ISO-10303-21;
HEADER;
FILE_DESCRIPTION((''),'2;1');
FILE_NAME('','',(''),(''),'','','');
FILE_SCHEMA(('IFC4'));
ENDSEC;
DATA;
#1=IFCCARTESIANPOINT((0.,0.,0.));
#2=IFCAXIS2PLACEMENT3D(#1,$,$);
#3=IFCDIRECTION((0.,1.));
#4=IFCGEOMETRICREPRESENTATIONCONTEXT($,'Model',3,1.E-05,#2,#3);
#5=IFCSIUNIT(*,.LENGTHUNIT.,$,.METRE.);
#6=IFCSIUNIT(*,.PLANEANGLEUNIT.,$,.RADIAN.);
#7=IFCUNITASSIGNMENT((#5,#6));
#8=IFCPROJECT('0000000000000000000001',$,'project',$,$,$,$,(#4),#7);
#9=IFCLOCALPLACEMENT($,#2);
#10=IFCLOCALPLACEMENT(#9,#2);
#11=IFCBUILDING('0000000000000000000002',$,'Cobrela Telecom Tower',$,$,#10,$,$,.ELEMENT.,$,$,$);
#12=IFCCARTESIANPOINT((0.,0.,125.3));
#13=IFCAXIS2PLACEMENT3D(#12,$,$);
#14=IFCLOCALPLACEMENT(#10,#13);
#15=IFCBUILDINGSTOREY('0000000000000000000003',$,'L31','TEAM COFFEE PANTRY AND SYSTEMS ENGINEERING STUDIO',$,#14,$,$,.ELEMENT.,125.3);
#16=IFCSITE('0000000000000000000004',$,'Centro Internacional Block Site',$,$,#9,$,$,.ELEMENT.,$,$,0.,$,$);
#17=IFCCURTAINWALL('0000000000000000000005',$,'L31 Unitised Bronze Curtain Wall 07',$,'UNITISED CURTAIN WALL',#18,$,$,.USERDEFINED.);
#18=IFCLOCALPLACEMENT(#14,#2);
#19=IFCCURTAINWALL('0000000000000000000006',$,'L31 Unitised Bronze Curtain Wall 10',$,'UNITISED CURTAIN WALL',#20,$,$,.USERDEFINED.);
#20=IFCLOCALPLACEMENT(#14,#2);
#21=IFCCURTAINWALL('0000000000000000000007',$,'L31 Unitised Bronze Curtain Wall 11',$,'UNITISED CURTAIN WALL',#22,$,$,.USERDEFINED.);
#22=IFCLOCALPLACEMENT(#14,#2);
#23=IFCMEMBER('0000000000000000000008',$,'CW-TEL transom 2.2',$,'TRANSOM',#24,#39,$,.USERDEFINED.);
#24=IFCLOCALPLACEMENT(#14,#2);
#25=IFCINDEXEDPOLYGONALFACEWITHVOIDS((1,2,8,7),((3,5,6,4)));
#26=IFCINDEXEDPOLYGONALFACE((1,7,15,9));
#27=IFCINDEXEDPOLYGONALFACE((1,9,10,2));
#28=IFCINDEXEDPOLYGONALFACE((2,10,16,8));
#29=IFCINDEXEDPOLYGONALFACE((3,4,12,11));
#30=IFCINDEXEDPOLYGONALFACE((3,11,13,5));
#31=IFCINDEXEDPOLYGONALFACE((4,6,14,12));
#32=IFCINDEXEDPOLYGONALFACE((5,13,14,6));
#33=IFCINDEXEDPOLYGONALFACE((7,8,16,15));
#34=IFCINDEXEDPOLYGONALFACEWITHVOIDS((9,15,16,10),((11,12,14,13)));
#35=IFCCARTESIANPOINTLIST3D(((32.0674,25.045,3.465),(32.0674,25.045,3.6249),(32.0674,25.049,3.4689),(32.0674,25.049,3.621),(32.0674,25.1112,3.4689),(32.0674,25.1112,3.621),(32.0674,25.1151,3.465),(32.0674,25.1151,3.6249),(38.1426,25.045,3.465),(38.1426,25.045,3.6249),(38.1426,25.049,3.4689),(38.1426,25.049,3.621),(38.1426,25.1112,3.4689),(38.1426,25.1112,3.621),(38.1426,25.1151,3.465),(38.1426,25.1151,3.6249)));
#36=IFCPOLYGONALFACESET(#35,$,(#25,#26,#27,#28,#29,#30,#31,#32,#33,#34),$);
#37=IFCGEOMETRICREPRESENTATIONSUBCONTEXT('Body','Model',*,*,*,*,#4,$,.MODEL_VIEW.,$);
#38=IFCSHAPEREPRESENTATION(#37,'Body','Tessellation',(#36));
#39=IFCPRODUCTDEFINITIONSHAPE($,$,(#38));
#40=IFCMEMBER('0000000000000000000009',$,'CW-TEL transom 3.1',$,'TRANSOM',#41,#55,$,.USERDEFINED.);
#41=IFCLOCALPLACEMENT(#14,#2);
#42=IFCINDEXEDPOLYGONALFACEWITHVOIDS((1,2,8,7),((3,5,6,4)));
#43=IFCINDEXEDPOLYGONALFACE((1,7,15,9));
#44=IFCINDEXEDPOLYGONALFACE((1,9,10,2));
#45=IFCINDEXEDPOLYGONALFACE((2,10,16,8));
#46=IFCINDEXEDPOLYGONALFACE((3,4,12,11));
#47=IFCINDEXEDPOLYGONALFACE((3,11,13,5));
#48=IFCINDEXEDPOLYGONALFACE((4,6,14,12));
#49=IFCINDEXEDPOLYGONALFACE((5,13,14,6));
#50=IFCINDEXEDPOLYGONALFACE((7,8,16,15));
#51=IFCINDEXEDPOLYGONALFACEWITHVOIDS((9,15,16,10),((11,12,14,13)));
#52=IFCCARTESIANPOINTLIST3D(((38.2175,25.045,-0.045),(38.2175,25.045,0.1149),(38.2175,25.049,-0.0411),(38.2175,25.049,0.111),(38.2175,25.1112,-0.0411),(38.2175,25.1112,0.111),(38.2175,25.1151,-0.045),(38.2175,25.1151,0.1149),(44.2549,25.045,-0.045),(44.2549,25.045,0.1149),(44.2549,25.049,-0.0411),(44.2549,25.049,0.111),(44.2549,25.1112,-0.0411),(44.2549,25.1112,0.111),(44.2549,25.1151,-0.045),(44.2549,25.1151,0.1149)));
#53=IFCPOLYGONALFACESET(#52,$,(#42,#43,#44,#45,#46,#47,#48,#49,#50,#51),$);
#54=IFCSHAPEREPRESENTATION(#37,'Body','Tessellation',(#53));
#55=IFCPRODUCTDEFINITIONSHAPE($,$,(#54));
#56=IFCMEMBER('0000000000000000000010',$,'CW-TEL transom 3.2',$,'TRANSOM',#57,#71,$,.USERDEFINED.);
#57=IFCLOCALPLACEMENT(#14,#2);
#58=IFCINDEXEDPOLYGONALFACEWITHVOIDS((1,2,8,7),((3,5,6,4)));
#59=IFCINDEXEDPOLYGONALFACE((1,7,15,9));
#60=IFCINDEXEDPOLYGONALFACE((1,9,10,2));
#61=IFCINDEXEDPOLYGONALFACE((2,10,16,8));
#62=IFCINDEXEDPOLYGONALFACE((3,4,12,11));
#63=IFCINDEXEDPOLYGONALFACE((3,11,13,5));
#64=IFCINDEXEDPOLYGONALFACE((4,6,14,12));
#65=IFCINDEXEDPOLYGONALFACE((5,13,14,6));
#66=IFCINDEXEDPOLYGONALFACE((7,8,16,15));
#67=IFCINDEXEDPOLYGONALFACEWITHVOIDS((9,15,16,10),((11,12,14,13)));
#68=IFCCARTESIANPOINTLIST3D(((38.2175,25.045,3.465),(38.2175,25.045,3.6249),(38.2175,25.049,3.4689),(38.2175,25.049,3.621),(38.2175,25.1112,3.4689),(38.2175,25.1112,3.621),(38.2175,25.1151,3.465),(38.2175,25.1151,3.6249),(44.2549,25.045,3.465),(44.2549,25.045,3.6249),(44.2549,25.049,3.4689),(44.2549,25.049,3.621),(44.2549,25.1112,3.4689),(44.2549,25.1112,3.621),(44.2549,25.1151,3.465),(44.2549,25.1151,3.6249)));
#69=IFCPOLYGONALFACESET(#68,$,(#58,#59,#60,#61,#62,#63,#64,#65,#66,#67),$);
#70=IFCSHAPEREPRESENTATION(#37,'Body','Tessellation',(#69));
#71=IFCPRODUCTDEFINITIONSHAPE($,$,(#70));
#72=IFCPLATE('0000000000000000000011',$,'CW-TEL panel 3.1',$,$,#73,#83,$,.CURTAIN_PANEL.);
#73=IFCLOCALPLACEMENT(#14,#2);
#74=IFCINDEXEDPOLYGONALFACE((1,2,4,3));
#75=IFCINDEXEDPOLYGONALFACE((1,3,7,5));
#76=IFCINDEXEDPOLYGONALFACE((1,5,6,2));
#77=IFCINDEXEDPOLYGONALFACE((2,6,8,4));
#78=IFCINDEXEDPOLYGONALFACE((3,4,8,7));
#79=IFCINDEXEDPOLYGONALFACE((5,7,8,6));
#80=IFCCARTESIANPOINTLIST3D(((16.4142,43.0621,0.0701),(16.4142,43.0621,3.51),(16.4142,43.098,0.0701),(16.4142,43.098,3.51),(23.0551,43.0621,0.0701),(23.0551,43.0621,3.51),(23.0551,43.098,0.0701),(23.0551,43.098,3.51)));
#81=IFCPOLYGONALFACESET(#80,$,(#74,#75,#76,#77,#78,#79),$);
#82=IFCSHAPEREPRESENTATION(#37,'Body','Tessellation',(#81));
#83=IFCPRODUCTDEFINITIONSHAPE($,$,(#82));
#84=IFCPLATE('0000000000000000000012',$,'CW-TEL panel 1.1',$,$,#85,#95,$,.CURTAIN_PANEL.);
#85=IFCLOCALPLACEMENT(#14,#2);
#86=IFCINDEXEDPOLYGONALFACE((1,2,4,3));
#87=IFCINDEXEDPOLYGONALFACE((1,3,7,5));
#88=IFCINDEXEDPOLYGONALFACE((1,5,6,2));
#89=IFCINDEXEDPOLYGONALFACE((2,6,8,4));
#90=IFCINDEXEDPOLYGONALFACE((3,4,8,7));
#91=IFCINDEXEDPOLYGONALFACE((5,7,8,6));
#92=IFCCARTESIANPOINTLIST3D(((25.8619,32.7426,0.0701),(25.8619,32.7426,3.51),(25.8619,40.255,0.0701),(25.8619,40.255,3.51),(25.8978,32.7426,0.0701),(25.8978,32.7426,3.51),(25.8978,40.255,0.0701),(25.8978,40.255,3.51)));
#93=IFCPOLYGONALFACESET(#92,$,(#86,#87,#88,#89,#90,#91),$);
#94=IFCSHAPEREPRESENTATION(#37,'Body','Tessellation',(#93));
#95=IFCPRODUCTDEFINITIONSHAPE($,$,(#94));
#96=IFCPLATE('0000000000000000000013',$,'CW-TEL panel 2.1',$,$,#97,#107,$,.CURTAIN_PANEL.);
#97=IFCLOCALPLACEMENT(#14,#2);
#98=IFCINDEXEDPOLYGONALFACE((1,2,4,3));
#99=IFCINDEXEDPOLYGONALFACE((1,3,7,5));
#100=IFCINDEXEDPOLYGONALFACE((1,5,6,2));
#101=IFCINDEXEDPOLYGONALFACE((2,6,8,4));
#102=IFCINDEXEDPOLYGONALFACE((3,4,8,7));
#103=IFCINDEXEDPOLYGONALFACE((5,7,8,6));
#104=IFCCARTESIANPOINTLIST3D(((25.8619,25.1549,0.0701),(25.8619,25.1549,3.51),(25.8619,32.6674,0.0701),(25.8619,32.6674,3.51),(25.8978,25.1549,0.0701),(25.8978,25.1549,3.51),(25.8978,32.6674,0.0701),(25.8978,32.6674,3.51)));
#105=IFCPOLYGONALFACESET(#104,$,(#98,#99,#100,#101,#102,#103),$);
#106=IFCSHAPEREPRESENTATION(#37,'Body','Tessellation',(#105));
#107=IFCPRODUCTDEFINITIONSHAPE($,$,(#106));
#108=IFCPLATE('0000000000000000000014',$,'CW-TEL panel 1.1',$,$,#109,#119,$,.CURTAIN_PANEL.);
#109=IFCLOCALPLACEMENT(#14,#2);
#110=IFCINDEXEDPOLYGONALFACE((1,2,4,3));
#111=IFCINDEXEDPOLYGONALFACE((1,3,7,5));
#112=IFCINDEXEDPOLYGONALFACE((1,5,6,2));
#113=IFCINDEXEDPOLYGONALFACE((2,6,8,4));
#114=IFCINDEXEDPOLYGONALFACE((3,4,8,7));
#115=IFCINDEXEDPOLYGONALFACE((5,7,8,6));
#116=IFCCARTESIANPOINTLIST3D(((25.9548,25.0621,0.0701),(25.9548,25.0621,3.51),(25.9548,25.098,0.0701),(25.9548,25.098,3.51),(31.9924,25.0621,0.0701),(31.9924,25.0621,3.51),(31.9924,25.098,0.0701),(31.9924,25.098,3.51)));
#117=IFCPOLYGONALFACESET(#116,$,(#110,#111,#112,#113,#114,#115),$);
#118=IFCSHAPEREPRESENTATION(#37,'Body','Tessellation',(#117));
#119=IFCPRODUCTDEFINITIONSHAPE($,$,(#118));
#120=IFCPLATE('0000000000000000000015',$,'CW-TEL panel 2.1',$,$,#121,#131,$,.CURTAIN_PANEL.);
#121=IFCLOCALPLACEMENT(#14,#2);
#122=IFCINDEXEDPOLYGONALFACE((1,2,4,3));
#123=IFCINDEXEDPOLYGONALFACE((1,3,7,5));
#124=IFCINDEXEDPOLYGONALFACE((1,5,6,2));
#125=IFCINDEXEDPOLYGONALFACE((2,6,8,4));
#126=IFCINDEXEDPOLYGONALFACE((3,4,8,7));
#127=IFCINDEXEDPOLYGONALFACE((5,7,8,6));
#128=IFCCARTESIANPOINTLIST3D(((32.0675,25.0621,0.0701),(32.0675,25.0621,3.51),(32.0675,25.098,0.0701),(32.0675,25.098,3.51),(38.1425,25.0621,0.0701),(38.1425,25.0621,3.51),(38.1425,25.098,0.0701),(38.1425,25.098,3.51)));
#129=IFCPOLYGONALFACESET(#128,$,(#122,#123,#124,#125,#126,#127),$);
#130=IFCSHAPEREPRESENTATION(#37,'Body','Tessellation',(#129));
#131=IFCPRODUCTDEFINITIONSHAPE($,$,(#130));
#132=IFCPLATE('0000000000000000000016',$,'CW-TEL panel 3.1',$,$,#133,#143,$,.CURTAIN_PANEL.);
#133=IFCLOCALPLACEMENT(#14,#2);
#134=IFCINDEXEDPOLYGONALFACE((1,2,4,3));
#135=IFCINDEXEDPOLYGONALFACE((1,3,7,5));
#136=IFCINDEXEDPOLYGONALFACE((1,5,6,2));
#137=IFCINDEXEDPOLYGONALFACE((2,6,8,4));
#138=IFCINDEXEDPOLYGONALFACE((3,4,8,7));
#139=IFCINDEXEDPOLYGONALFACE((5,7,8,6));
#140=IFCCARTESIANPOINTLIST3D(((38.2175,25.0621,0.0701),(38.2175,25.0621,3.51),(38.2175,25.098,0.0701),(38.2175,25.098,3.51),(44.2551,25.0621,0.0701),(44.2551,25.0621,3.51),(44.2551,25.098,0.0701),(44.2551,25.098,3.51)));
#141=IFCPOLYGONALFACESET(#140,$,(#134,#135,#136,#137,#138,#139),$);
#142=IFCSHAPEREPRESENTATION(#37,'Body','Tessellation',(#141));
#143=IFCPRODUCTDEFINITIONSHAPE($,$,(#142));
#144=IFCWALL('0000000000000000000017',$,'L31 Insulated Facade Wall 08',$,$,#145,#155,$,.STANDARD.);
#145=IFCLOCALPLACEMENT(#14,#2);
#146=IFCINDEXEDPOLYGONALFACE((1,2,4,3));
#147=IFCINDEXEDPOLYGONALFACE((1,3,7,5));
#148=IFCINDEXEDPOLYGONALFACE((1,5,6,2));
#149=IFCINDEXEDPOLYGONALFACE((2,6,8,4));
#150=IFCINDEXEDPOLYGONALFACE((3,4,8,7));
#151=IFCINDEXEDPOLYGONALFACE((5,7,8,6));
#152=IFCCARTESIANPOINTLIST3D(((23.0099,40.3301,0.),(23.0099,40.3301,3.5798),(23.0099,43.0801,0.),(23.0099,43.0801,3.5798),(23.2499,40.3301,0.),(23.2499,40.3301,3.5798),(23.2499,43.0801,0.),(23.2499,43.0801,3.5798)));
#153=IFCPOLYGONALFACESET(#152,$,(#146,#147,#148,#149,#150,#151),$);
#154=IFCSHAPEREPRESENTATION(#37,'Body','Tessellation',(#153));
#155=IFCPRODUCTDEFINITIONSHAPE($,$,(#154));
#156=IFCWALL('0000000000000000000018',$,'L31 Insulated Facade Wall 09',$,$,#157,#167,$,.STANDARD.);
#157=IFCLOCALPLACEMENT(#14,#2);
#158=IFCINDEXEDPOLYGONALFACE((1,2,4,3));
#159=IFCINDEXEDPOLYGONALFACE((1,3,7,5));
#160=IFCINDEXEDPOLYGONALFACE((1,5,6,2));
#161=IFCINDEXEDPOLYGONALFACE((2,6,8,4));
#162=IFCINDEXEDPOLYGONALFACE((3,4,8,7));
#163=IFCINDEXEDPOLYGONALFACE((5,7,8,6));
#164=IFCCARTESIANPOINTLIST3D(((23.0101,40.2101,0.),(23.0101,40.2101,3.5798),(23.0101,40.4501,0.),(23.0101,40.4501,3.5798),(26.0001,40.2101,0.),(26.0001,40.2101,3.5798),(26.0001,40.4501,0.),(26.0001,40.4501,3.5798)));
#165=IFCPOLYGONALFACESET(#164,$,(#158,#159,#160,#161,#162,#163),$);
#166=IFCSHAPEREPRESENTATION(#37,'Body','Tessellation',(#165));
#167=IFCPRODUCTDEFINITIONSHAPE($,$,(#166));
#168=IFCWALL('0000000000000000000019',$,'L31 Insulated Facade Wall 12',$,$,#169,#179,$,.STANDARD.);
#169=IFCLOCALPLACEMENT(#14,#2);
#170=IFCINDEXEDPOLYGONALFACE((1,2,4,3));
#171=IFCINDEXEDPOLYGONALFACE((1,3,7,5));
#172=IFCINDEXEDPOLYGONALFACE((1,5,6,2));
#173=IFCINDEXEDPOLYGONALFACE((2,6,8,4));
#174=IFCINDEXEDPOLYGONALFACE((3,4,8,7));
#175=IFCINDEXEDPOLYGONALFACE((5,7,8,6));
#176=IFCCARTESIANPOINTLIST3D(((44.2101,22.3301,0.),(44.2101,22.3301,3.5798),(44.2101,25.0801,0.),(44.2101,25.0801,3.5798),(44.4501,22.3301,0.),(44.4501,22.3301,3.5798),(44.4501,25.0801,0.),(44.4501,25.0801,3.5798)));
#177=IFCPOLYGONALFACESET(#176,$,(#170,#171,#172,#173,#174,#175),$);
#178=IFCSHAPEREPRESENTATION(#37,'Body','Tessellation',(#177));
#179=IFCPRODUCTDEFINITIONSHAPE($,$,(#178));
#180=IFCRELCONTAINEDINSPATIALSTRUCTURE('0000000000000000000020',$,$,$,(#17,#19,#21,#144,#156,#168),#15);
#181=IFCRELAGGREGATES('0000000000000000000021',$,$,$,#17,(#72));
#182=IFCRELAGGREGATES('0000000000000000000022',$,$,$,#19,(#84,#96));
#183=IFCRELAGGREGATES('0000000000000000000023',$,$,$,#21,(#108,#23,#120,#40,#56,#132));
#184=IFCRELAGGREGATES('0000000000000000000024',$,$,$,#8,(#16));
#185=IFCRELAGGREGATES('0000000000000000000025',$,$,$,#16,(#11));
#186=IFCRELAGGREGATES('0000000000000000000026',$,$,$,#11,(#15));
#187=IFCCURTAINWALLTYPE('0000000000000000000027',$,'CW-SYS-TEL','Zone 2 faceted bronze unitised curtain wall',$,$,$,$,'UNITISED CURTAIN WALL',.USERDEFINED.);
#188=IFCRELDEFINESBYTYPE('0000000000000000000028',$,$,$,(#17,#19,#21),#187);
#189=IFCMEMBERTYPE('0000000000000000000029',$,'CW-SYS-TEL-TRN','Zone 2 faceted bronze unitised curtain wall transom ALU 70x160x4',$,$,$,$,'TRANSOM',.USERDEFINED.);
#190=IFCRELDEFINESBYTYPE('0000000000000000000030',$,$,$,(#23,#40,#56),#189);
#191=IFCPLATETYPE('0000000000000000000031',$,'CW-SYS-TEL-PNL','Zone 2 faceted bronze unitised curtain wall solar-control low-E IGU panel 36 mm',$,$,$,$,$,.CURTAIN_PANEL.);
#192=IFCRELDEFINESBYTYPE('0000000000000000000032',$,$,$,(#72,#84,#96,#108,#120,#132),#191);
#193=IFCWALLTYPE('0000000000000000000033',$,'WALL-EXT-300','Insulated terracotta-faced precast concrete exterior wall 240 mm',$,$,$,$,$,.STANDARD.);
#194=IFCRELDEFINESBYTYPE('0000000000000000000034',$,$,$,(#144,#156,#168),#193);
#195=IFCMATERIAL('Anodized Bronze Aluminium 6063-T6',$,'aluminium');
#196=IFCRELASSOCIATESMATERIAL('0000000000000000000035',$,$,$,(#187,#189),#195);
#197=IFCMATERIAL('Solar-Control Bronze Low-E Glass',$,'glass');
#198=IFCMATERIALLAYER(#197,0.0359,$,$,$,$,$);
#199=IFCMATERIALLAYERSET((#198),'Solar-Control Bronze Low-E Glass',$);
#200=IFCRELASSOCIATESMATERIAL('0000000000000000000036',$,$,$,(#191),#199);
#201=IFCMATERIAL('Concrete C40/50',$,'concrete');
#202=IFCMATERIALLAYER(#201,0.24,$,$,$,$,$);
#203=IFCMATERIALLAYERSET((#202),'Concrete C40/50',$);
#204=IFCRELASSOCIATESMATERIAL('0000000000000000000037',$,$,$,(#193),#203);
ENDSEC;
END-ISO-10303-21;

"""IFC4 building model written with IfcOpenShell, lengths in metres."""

from ifc_helpers import new_model, si_unit, direction, frame, frame_2d, origin, origin_2d, place, context, subcontext, project, spatial, rectangle, hollow_rectangle, extrude, material, layer, layer_set, material_profile, profile_set, type_object, element, aggregate, save


model = new_model("IFC4")

# Units and contexts
model_context = context("Model", 3, precision=1e-05, world=origin(), true_north=direction((0.0, 1.0)))
body_context = subcontext(model_context, "Body", "Model", "MODEL_VIEW")
ifc_project = project(units=[si_unit("LENGTHUNIT", "METRE"), si_unit("PLANEANGLEUNIT", "RADIAN")], contexts=[model_context])

# Site, building, storey
site_placement = place(None, origin())
site = spatial("IfcSite", under=ifc_project, at=site_placement, Name="Centro Internacional Block Site", CompositionType="ELEMENT", RefElevation=0.0)
building_placement = place(site_placement, origin())
building = spatial("IfcBuilding", under=site, at=building_placement, Name="Cobrela Telecom Tower", CompositionType="ELEMENT")
storey_placement = place(building_placement, frame((0.0, 0.0, 125.3)))
storey = spatial("IfcBuildingStorey", under=building, at=storey_placement, Name="L31", Description="TEAM COFFEE PANTRY AND SYSTEMS ENGINEERING STUDIO", CompositionType="ELEMENT", Elevation=125.3)

# Curtain wall
ifc_material_1 = material(Name="Anodized Bronze Aluminium 6063-T6", Category="aluminium")
curtain_wall_type = type_object("IfcCurtainWallType", Name="CW-SYS-TEL", Description="Zone 2 faceted bronze unitised curtain wall", ElementType="UNITISED CURTAIN WALL", PredefinedType="USERDEFINED", material=ifc_material_1)
curtain_wall_1_placement = place(storey_placement, origin())
curtain_wall_1 = element("IfcCurtainWall", 1, at=curtain_wall_1_placement, inside=storey, type_object=curtain_wall_type, Name="L31 Unitised Bronze Curtain Wall 07", ObjectType="UNITISED CURTAIN WALL", PredefinedType="USERDEFINED")

# Curtain walls
curtain_wall_2_placement = place(storey_placement, origin())
curtain_wall_2 = element("IfcCurtainWall", 2, at=curtain_wall_2_placement, inside=storey, type_object=curtain_wall_type, Name="L31 Unitised Bronze Curtain Wall 10", ObjectType="UNITISED CURTAIN WALL", PredefinedType="USERDEFINED")
curtain_wall_3_placement = place(storey_placement, origin())
curtain_wall_3 = element("IfcCurtainWall", 3, at=curtain_wall_3_placement, inside=storey, type_object=curtain_wall_type, Name="L31 Unitised Bronze Curtain Wall 11", ObjectType="UNITISED CURTAIN WALL", PredefinedType="USERDEFINED")

# Members
ifc_material_profile_1 = material_profile(ifc_material_1, hollow_rectangle(XDim=0.0701, YDim=0.1599, WallThickness=0.0039, at=origin_2d()), Name="ALU 70x160x4")
ifc_profile_set_1 = profile_set([ifc_material_profile_1], Name="Anodized Bronze Aluminium 6063-T6")
member_type_1 = type_object("IfcMemberType", Name="CW-SYS-TEL-TRN", Description="Zone 2 faceted bronze unitised curtain wall transom ALU 70x160x4", ElementType="TRANSOM", PredefinedType="USERDEFINED", material=ifc_profile_set_1)
member_1_placement = place(storey_placement, frame((32.0674, 25.0801, 3.5449), z_axis=(1.0, 0.0, 0.0), x_axis=(0.0, 1.0, 0.0)))
member_1 = element("IfcMember", 4, at=member_1_placement, type_object=member_type_1, Name="CW-TEL transom 2.2", ObjectType="TRANSOM", PredefinedType="USERDEFINED", context=body_context, shape_type="SweptSolid", body=[
    extrude(hollow_rectangle(XDim=0.0701, YDim=0.1599, WallThickness=0.0039, at=origin_2d()), origin(), (0.0, 0.0, 1.0), 6.0752),
])
member_2_placement = place(storey_placement, frame((38.2175, 25.0801, 0.0349), z_axis=(1.0, 0.0, 0.0), x_axis=(0.0, 1.0, 0.0)))
member_2 = element("IfcMember", 5, at=member_2_placement, type_object=member_type_1, Name="CW-TEL transom 3.1", ObjectType="TRANSOM", PredefinedType="USERDEFINED", context=body_context, shape_type="SweptSolid", body=[
    extrude(hollow_rectangle(XDim=0.0701, YDim=0.1599, WallThickness=0.0039, at=origin_2d()), origin(), (0.0, 0.0, 1.0), 6.0374),
])
member_3_placement = place(storey_placement, frame((38.2175, 25.0801, 3.5449), z_axis=(1.0, 0.0, 0.0), x_axis=(0.0, 1.0, 0.0)))
member_3 = element("IfcMember", 6, at=member_3_placement, type_object=member_type_1, Name="CW-TEL transom 3.2", ObjectType="TRANSOM", PredefinedType="USERDEFINED", context=body_context, shape_type="SweptSolid", body=[
    extrude(hollow_rectangle(XDim=0.0701, YDim=0.1599, WallThickness=0.0039, at=origin_2d()), origin(), (0.0, 0.0, 1.0), 6.0374),
])

# Plates
ifc_material_2 = material(Name="Solar-Control Bronze Low-E Glass", Category="glass")
ifc_layer_1 = layer(ifc_material_2, 0.0359)
ifc_layer_set_1 = layer_set([ifc_layer_1], Name="Solar-Control Bronze Low-E Glass")
plate_type = type_object("IfcPlateType", Name="CW-SYS-TEL-PNL", Description="Zone 2 faceted bronze unitised curtain wall solar-control low-E IGU panel 36 mm", PredefinedType="CURTAIN_PANEL", material=ifc_layer_set_1)
plate_1_placement = place(storey_placement, frame((19.7346, 43.0801, 0.0701), z_axis=(0.0, 0.0, 1.0), x_axis=(1.0, 0.0, 0.0)))
plate_1 = element("IfcPlate", 7, at=plate_1_placement, type_object=plate_type, Name="CW-TEL panel 3.1", PredefinedType="CURTAIN_PANEL", context=body_context, shape_type="SweptSolid", body=[
    extrude(rectangle(XDim=6.6409, YDim=0.0359, at=origin_2d()), origin(), (0.0, 0.0, 1.0), 3.4399),
])
aggregate(curtain_wall_1, [plate_1])
plate_2_placement = place(storey_placement, frame((25.8799, 36.4988, 0.0701), z_axis=(0.0, 0.0, 1.0), x_axis=(0.0, -1.0, 0.0)))
plate_2 = element("IfcPlate", 8, at=plate_2_placement, type_object=plate_type, Name="CW-TEL panel 1.1", PredefinedType="CURTAIN_PANEL", context=body_context, shape_type="SweptSolid", body=[
    extrude(rectangle(XDim=7.5125, YDim=0.0359, at=origin_2d()), origin(), (0.0, 0.0, 1.0), 3.4399),
])
plate_3_placement = place(storey_placement, frame((25.8799, 28.9111, 0.0701), z_axis=(0.0, 0.0, 1.0), x_axis=(0.0, -1.0, 0.0)))
plate_3 = element("IfcPlate", 9, at=plate_3_placement, type_object=plate_type, Name="CW-TEL panel 2.1", PredefinedType="CURTAIN_PANEL", context=body_context, shape_type="SweptSolid", body=[
    extrude(rectangle(XDim=7.5125, YDim=0.0359, at=origin_2d()), origin(), (0.0, 0.0, 1.0), 3.4399),
])
aggregate(curtain_wall_2, [plate_2, plate_3])
plate_4_placement = place(storey_placement, frame((28.9736, 25.0801, 0.0701), z_axis=(0.0, 0.0, 1.0), x_axis=(1.0, 0.0, 0.0)))
plate_4 = element("IfcPlate", 10, at=plate_4_placement, type_object=plate_type, Name="CW-TEL panel 1.1", PredefinedType="CURTAIN_PANEL", context=body_context, shape_type="SweptSolid", body=[
    extrude(rectangle(XDim=6.0376, YDim=0.0359, at=origin_2d()), origin(), (0.0, 0.0, 1.0), 3.4399),
])
plate_5_placement = place(storey_placement, frame((35.105, 25.0801, 0.0701), z_axis=(0.0, 0.0, 1.0), x_axis=(1.0, 0.0, 0.0)))
plate_5 = element("IfcPlate", 11, at=plate_5_placement, type_object=plate_type, Name="CW-TEL panel 2.1", PredefinedType="CURTAIN_PANEL", context=body_context, shape_type="SweptSolid", body=[
    extrude(rectangle(XDim=6.075, YDim=0.0359, at=origin_2d()), origin(), (0.0, 0.0, 1.0), 3.4399),
])
plate_6_placement = place(storey_placement, frame((41.2363, 25.0801, 0.0701), z_axis=(0.0, 0.0, 1.0), x_axis=(1.0, 0.0, 0.0)))
plate_6 = element("IfcPlate", 12, at=plate_6_placement, type_object=plate_type, Name="CW-TEL panel 3.1", PredefinedType="CURTAIN_PANEL", context=body_context, shape_type="SweptSolid", body=[
    extrude(rectangle(XDim=6.0376, YDim=0.0359, at=origin_2d()), origin(), (0.0, 0.0, 1.0), 3.4399),
])
aggregate(curtain_wall_3, [plate_4, member_1, plate_5, member_2, member_3, plate_6])

# Walls
ifc_material_3 = material(Name="Concrete C40/50", Category="concrete")
ifc_layer_2 = layer(ifc_material_3, 0.24)
ifc_layer_set_2 = layer_set([ifc_layer_2], Name="Concrete C40/50")
wall_type = type_object("IfcWallType", Name="WALL-EXT-300", Description="Insulated terracotta-faced precast concrete exterior wall 240 mm", PredefinedType="STANDARD", material=ifc_layer_set_2)
wall_1_placement = place(storey_placement, frame((23.1299, 43.0801, 0.0), z_axis=(0.0, 0.0, 1.0), x_axis=(0.0, -1.0, 0.0)))
element("IfcWall", 13, at=wall_1_placement, inside=storey, type_object=wall_type, Name="L31 Insulated Facade Wall 08", PredefinedType="STANDARD", context=body_context, shape_type="SweptSolid", body=[
    extrude(rectangle(XDim=2.75, YDim=0.24, at=frame_2d((1.375, 0.0))), origin(), (0.0, 0.0, 1.0), 3.5798),
])
wall_2_placement = place(storey_placement, frame((23.01, 40.3301, 0.0), z_axis=(0.0, 0.0, 1.0), x_axis=(1.0, 0.0, 0.0)))
element("IfcWall", 14, at=wall_2_placement, inside=storey, type_object=wall_type, Name="L31 Insulated Facade Wall 09", PredefinedType="STANDARD", context=body_context, shape_type="SweptSolid", body=[
    extrude(rectangle(XDim=2.99, YDim=0.24, at=frame_2d((1.4951, 0.0))), origin(), (0.0, 0.0, 1.0), 3.5798),
])
wall_3_placement = place(storey_placement, frame((44.3301, 25.0801, 0.0), z_axis=(0.0, 0.0, 1.0), x_axis=(0.0, -1.0, 0.0)))
element("IfcWall", 15, at=wall_3_placement, inside=storey, type_object=wall_type, Name="L31 Insulated Facade Wall 12", PredefinedType="STANDARD", context=body_context, shape_type="SweptSolid", body=[
    extrude(rectangle(XDim=2.75, YDim=0.24, at=frame_2d((1.375, 0.0))), origin(), (0.0, 0.0, 1.0), 3.5798),
])

save(model, "model.ifc")
